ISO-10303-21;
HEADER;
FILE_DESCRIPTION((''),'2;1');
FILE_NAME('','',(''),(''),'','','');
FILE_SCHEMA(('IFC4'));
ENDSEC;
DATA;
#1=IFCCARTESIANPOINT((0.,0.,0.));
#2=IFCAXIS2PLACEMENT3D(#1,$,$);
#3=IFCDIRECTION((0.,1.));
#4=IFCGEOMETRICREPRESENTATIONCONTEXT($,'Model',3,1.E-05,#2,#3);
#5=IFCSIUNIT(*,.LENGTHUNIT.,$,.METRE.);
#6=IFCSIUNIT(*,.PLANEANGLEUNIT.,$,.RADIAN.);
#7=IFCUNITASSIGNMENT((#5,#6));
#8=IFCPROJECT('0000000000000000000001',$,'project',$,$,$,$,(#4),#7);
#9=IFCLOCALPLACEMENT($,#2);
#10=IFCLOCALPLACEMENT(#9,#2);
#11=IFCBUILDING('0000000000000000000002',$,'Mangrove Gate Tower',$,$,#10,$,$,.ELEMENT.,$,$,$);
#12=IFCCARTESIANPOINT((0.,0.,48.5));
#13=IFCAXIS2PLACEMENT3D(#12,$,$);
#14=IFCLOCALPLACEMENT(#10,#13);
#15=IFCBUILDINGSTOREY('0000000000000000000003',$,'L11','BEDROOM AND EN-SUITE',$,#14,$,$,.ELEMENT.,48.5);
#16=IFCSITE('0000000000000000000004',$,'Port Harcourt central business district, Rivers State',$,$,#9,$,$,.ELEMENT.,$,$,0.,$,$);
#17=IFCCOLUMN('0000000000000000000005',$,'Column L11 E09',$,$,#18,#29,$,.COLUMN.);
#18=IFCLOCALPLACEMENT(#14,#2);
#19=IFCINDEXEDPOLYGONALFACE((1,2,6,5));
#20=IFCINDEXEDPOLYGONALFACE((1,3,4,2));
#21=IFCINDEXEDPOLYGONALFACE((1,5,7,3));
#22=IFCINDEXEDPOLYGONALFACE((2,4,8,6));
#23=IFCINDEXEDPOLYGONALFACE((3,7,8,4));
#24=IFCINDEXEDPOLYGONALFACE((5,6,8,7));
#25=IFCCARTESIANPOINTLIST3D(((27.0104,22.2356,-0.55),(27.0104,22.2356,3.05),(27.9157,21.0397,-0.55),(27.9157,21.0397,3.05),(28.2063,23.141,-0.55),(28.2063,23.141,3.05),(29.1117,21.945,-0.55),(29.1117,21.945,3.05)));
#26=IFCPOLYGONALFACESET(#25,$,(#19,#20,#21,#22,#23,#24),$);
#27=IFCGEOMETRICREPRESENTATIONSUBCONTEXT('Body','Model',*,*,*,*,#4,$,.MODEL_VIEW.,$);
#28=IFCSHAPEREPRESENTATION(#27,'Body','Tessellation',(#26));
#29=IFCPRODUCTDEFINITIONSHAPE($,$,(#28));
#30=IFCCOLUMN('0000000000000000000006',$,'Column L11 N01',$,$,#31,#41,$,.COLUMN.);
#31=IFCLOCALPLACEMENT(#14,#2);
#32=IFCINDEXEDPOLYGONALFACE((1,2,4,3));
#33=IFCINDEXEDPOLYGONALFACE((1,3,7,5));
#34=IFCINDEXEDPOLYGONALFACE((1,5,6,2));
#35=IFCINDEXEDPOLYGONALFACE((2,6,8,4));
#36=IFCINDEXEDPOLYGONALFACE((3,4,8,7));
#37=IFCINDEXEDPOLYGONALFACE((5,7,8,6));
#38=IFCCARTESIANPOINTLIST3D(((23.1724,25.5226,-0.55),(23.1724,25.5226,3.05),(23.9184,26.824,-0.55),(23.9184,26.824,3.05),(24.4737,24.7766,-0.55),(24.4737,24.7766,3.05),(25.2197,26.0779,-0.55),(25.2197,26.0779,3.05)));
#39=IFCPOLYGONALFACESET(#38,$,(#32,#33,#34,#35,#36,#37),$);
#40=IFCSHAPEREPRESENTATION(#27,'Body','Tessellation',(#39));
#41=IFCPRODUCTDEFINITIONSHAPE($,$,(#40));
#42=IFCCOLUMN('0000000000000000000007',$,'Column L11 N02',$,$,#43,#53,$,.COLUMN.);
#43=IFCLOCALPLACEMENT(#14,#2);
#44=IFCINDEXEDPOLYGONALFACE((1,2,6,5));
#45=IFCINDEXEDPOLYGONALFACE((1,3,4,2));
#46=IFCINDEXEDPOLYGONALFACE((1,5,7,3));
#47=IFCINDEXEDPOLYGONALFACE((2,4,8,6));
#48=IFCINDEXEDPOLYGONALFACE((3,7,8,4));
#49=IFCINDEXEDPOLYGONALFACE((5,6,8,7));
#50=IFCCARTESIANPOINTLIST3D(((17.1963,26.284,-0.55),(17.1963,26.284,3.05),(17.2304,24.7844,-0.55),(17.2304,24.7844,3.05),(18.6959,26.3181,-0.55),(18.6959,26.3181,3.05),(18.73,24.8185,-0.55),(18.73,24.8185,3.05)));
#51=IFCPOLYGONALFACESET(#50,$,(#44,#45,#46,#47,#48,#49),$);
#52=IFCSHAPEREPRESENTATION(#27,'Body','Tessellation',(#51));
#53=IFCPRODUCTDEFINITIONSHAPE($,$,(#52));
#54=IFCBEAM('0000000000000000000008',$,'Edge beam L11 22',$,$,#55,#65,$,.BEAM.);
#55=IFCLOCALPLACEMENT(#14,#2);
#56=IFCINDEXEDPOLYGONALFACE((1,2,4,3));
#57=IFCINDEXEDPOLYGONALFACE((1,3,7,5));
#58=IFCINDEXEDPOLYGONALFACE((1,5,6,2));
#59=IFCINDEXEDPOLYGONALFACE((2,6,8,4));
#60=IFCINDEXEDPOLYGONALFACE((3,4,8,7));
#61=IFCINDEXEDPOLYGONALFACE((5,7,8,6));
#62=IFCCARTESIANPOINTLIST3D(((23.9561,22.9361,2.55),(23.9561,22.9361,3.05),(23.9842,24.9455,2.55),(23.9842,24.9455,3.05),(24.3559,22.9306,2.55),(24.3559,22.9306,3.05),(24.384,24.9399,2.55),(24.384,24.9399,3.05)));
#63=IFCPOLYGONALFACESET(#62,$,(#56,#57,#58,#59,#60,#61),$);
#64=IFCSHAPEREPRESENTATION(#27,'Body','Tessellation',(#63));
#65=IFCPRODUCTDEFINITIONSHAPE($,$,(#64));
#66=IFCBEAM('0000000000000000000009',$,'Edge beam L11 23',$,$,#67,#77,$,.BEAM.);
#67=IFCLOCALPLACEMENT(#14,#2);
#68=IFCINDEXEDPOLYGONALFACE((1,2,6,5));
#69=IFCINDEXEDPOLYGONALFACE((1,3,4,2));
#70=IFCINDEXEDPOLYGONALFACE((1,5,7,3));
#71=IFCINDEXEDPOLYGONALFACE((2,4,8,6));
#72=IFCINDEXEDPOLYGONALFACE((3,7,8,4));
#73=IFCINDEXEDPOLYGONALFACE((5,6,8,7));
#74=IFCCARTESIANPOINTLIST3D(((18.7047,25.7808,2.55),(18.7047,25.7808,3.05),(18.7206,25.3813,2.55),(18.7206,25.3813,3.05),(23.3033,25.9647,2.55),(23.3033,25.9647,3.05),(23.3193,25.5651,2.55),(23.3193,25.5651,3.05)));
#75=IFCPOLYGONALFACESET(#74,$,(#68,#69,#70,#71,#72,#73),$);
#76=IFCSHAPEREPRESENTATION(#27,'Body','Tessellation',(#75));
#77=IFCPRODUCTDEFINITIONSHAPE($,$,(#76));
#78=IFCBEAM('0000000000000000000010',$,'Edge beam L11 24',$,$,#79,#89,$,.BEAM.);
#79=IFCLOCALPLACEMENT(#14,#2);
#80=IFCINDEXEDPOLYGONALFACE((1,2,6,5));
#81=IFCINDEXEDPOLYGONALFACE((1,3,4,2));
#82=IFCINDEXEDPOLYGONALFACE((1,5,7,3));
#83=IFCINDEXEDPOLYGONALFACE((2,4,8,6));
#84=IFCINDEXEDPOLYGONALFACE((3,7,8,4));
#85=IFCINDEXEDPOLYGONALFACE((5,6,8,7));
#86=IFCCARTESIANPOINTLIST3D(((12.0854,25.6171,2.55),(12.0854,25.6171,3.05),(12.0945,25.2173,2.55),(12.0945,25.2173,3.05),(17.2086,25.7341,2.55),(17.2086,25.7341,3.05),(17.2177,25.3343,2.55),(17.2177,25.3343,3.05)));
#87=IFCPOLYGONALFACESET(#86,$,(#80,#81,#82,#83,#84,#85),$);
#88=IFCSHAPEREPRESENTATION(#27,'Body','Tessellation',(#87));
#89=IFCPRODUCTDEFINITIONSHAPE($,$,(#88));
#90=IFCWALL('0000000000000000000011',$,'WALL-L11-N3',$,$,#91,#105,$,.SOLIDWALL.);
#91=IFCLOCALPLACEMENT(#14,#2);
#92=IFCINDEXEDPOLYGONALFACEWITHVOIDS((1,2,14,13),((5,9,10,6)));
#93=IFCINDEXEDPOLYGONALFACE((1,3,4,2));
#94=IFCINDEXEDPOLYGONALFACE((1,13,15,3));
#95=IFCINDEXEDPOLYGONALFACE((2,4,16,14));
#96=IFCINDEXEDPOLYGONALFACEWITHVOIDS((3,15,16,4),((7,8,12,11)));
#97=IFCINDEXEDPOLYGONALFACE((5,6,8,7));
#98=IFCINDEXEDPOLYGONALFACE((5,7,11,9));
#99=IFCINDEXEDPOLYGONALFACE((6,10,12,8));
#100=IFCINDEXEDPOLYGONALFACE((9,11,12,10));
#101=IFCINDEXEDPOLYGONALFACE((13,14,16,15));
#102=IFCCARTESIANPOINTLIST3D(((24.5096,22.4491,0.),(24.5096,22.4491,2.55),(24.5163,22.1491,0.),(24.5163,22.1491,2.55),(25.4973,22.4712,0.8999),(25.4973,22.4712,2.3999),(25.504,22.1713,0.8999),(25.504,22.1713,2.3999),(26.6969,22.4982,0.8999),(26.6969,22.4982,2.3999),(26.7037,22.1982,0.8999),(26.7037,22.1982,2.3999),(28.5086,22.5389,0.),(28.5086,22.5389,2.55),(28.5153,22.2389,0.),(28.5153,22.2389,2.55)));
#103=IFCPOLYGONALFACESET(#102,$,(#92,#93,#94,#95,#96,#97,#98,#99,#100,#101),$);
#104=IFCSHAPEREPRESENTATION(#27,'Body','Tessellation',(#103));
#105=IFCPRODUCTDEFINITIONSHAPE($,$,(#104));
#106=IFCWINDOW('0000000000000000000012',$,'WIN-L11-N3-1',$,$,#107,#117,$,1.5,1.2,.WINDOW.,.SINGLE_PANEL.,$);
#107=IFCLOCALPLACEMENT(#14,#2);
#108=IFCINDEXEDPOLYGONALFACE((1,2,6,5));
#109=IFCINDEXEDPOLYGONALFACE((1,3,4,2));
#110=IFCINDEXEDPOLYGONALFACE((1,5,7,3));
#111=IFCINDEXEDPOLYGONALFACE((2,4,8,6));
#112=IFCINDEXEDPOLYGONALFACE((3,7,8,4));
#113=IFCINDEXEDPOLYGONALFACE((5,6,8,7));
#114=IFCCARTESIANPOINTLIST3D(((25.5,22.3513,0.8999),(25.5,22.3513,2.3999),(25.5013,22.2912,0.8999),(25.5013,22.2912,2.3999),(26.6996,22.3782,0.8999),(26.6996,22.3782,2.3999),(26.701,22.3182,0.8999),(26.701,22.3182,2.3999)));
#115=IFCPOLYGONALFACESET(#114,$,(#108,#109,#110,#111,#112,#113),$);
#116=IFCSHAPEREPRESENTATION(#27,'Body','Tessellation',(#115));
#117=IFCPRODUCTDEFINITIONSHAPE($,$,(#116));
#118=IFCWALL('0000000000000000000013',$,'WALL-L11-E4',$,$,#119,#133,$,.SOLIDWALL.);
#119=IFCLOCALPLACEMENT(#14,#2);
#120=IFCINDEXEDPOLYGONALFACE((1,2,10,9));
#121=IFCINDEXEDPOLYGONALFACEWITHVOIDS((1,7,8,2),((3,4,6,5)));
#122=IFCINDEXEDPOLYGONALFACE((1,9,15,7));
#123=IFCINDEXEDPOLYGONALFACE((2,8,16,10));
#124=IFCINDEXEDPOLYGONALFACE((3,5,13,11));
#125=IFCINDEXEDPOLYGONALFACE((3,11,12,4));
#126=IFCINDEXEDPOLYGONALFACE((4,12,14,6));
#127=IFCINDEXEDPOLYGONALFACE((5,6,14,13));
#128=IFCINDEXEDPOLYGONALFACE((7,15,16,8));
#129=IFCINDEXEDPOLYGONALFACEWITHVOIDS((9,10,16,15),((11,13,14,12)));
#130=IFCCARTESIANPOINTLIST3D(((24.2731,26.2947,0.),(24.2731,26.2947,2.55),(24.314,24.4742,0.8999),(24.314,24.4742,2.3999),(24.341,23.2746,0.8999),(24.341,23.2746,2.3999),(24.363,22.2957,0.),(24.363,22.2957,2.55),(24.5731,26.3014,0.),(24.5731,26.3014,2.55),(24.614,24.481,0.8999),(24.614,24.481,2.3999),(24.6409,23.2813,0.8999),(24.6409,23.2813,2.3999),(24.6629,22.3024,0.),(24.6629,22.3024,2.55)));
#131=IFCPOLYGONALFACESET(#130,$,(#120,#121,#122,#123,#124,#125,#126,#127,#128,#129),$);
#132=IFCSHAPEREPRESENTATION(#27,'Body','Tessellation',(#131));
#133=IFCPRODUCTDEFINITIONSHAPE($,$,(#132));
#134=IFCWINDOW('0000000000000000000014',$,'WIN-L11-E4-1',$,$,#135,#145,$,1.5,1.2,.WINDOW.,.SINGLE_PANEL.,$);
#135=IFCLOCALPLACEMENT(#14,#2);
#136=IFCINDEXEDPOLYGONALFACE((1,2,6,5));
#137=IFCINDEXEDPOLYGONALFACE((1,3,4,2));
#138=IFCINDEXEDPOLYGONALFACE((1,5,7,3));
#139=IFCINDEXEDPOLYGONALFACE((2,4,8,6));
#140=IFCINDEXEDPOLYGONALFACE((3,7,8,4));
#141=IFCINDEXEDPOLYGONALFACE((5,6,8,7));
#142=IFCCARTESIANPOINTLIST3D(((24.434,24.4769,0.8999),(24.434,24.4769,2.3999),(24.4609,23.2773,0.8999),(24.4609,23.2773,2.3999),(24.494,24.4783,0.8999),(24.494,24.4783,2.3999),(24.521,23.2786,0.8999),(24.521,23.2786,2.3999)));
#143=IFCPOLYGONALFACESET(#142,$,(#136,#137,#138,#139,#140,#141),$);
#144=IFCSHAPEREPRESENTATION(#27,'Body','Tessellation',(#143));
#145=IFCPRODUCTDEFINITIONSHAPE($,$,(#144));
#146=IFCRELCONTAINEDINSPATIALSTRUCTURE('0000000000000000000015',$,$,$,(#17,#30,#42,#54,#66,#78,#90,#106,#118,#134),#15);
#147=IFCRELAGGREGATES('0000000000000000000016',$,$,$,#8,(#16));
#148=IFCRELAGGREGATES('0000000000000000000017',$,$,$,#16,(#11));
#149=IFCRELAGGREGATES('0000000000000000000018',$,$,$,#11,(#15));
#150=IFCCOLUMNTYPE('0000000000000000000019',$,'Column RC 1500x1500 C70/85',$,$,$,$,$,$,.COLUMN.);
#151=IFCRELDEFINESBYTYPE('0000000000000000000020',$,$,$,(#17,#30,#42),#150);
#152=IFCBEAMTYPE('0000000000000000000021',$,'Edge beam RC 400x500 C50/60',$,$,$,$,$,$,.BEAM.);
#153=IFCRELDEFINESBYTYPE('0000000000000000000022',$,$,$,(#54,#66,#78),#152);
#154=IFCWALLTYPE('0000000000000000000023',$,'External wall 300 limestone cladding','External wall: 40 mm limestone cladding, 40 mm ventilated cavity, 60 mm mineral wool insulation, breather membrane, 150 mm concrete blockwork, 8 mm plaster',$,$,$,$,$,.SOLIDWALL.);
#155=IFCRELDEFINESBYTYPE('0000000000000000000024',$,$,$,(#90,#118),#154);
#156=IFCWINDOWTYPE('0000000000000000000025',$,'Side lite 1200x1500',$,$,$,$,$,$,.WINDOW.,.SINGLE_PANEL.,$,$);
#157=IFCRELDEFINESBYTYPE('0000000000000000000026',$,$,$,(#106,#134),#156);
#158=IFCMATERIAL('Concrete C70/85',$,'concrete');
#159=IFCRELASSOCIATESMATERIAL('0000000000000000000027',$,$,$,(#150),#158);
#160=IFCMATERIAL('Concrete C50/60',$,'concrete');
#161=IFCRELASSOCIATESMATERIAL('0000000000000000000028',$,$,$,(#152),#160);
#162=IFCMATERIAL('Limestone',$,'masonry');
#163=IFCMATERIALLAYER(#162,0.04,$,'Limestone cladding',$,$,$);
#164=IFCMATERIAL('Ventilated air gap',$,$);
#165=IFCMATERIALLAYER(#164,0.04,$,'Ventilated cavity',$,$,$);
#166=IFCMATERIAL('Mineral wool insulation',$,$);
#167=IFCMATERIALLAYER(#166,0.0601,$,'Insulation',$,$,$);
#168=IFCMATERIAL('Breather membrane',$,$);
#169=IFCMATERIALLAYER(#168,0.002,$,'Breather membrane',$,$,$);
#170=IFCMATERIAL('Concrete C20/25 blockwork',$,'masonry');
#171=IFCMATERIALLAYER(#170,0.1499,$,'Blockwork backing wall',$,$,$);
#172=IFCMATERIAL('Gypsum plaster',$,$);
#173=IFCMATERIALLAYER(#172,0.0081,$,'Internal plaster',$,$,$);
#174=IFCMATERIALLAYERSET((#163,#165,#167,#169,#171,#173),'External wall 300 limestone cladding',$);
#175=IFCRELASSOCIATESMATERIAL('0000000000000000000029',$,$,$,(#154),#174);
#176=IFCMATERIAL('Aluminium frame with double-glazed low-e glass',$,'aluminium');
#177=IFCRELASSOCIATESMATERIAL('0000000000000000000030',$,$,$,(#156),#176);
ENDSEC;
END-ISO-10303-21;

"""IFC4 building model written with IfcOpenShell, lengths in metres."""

from ifc_helpers import new_model, si_unit, direction, frame, frame_2d, origin, origin_2d, place, context, subcontext, project, spatial, rectangle, extrude, material, layer, layer_set, material_profile, profile_set, type_object, element, fill, save


model = new_model("IFC4")

# Units and contexts
model_context = context("Model", 3, precision=1e-05, world=origin(), true_north=direction((0.0, 1.0)))
body_context = subcontext(model_context, "Body", "Model", "MODEL_VIEW")
ifc_project = project(units=[si_unit("LENGTHUNIT", "METRE"), si_unit("PLANEANGLEUNIT", "RADIAN")], contexts=[model_context])

# Site, building, storey
site_placement = place(None, origin())
site = spatial("IfcSite", under=ifc_project, at=site_placement, Name="Port Harcourt central business district, Rivers State", CompositionType="ELEMENT", RefElevation=0.0)
building_placement = place(site_placement, origin())
building = spatial("IfcBuilding", under=site, at=building_placement, Name="Mangrove Gate Tower", CompositionType="ELEMENT")
storey_placement = place(building_placement, frame((0.0, 0.0, 48.5)))
storey = spatial("IfcBuildingStorey", under=building, at=storey_placement, Name="L11", Description="BEDROOM AND EN-SUITE", CompositionType="ELEMENT", Elevation=48.5)

# Columns
ifc_material_1 = material(Name="Concrete C70/85", Category="concrete")
ifc_material_profile_1 = material_profile(ifc_material_1, rectangle(XDim=1.5, YDim=1.5, at=origin_2d()))
ifc_profile_set_1 = profile_set([ifc_material_profile_1], Name="Concrete C70/85")
column_type = type_object("IfcColumnType", Name="Column RC 1500x1500 C70/85", PredefinedType="COLUMN", material=ifc_profile_set_1)
for number, where, z_axis, x_axis, name in (
    (1, (28.061, 22.0903, -0.55), (0.0, 0.0, 1.0), (-0.603576, 0.797306, 0.0), "Column L11 E09"),
    (2, (24.196, 25.8003, -0.55), (0.0, 0.0, 1.0), (-0.867551, 0.497349, 0.0), "Column L11 N01"),
    (3, (17.9631, 25.5513, -0.55), (0.0, 0.0, 1.0), (-0.999742, -0.022718, 0.0), "Column L11 N02"),
):
    element("IfcColumn", number, at=place(storey_placement, frame(where, z_axis=z_axis, x_axis=x_axis)), inside=storey, type_object=column_type, Name=name, PredefinedType="COLUMN", context=body_context, shape_type="SweptSolid", body=[
        extrude(rectangle(XDim=1.5, YDim=1.5, at=origin_2d()), origin(), (0.0, 0.0, 1.0), 3.6001),
    ])

# Beams
ifc_material_2 = material(Name="Concrete C50/60", Category="concrete")
ifc_material_profile_2 = material_profile(ifc_material_2, rectangle(XDim=0.3999, YDim=0.5, at=origin_2d()))
ifc_profile_set_2 = profile_set([ifc_material_profile_2], Name="Concrete C50/60")
beam_type = type_object("IfcBeamType", Name="Edge beam RC 400x500 C50/60", PredefinedType="BEAM", material=ifc_profile_set_2)
beam_1_placement = place(storey_placement, frame((24.156, 22.9333, 2.8), z_axis=(0.013972, 0.999902, 0.0), x_axis=(-0.999902, 0.013972, 0.0)))
element("IfcBeam", 4, at=beam_1_placement, inside=storey, type_object=beam_type, Name="Edge beam L11 22", PredefinedType="BEAM", context=body_context, shape_type="SweptSolid", body=[
    extrude(rectangle(XDim=0.3999, YDim=0.5, at=origin_2d()), origin(), (0.0, 0.0, 1.0), 2.0095),
])
beam_2_placement = place(storey_placement, frame((23.3113, 25.7649, 2.8), z_axis=(-0.999202, -0.039945, 0.0), x_axis=(0.039945, -0.999202, 0.0)))
element("IfcBeam", 5, at=beam_2_placement, inside=storey, type_object=beam_type, Name="Edge beam L11 23", PredefinedType="BEAM", context=body_context, shape_type="SweptSolid", body=[
    extrude(rectangle(XDim=0.3999, YDim=0.5, at=origin_2d()), origin(), (0.0, 0.0, 1.0), 4.6023),
])
beam_3_placement = place(storey_placement, frame((17.2131, 25.5342, 2.8), z_axis=(-0.99974, -0.02282, 0.0), x_axis=(0.02282, -0.99974, 0.0)))
element("IfcBeam", 6, at=beam_3_placement, inside=storey, type_object=beam_type, Name="Edge beam L11 24", PredefinedType="BEAM", context=body_context, shape_type="SweptSolid", body=[
    extrude(rectangle(XDim=0.3999, YDim=0.5, at=origin_2d()), origin(), (0.0, 0.0, 1.0), 5.1245),
])

# Walls, openings, windows
ifc_material_3 = material(Name="Limestone", Category="masonry")
ifc_layer_1 = layer(ifc_material_3, 0.04, Name="Limestone cladding")
ifc_material_4 = material(Name="Ventilated air gap")
ifc_layer_2 = layer(ifc_material_4, 0.04, Name="Ventilated cavity")
ifc_material_5 = material(Name="Mineral wool insulation")
ifc_layer_3 = layer(ifc_material_5, 0.0601, Name="Insulation")
ifc_material_6 = material(Name="Breather membrane")
ifc_layer_4 = layer(ifc_material_6, 0.002, Name="Breather membrane")
ifc_material_7 = material(Name="Concrete C20/25 blockwork", Category="masonry")
ifc_layer_5 = layer(ifc_material_7, 0.1499, Name="Blockwork backing wall")
ifc_material_8 = material(Name="Gypsum plaster")
ifc_layer_6 = layer(ifc_material_8, 0.0081, Name="Internal plaster")
ifc_layer_set = layer_set([ifc_layer_1, ifc_layer_2, ifc_layer_3, ifc_layer_4, ifc_layer_5, ifc_layer_6], Name="External wall 300 limestone cladding")
wall_type = type_object("IfcWallType", Name="External wall 300 limestone cladding", Description="External wall: 40 mm limestone cladding, 40 mm ventilated cavity, 60 mm mineral wool insulation, breather membrane, 150 mm concrete blockwork, 8 mm plaster", PredefinedType="SOLIDWALL", material=ifc_layer_set)
wall_1_placement = place(storey_placement, frame((28.512, 22.3889, 0.0), z_axis=(0.0, 0.0, 1.0), x_axis=(-0.999748, -0.022461, 0.0)))
wall_1 = element("IfcWall", 7, at=wall_1_placement, inside=storey, type_object=wall_type, Name="WALL-L11-N3", PredefinedType="SOLIDWALL", context=body_context, shape_type="SweptSolid", body=[
    extrude(rectangle(XDim=4.0, YDim=0.3, at=frame_2d((2.0, 0.0))), origin(), (0.0, 0.0, 1.0), 2.55),
])
opening_1_placement = place(wall_1_placement, frame((1.812, 0.0, 0.8999)))
opening_1 = element("IfcOpeningElement", 8, at=opening_1_placement, cuts=wall_1, PredefinedType="OPENING", context=body_context, shape_type="SweptSolid", body=[
    extrude(rectangle(XDim=1.2, YDim=1.5, at=frame_2d((0.6001, 0.75))), frame((0.0, 0.1599, 0.0), z_axis=(0.0, -1.0, 0.0), x_axis=(1.0, 0.0, 0.0)), (0.0, 0.0, 1.0), 0.3201),
])
ifc_material_9 = material(Name="Aluminium frame with double-glazed low-e glass", Category="aluminium")
window_type_1 = type_object("IfcWindowType", Name="Side lite 1200x1500", PartitioningType="SINGLE_PANEL", PredefinedType="WINDOW", material=ifc_material_9)
window_1_placement = place(opening_1_placement, origin())
window_1 = element("IfcWindow", 9, at=window_1_placement, inside=storey, type_object=window_type_1, Name="WIN-L11-N3-1", OverallHeight=1.5, OverallWidth=1.2, PartitioningType="SINGLE_PANEL", PredefinedType="WINDOW", context=body_context, shape_type="SweptSolid", body=[
    extrude(rectangle(XDim=1.2, YDim=1.5, at=frame_2d((0.6001, 0.75))), frame((0.0, 0.03, 0.0), z_axis=(0.0, -1.0, 0.0), x_axis=(1.0, 0.0, 0.0)), (0.0, 0.0, 1.0), 0.0601),
])
fill(opening_1, window_1)
wall_2_placement = place(storey_placement, frame((24.5129, 22.2991, 0.0), z_axis=(0.0, 0.0, 1.0), x_axis=(-0.022461, 0.999748, 0.0)))
wall_2 = element("IfcWall", 10, at=wall_2_placement, inside=storey, type_object=wall_type, Name="WALL-L11-E4", PredefinedType="SOLIDWALL", context=body_context, shape_type="SweptSolid", body=[
    extrude(rectangle(XDim=4.0, YDim=0.3, at=frame_2d((2.0, 0.0))), origin(), (0.0, 0.0, 1.0), 2.55),
])
opening_2_placement = place(wall_2_placement, frame((0.979, 0.0, 0.8999)))
opening_2 = element("IfcOpeningElement", 11, at=opening_2_placement, cuts=wall_2, PredefinedType="OPENING", context=body_context, shape_type="SweptSolid", body=[
    extrude(rectangle(XDim=1.2, YDim=1.5, at=frame_2d((0.6001, 0.75))), frame((0.0, 0.1599, 0.0), z_axis=(0.0, -1.0, 0.0), x_axis=(1.0, 0.0, 0.0)), (0.0, 0.0, 1.0), 0.3201),
])
window_2_placement = place(opening_2_placement, origin())
window_2 = element("IfcWindow", 12, at=window_2_placement, inside=storey, type_object=window_type_1, Name="WIN-L11-E4-1", OverallHeight=1.5, OverallWidth=1.2, PartitioningType="SINGLE_PANEL", PredefinedType="WINDOW", context=body_context, shape_type="SweptSolid", body=[
    extrude(rectangle(XDim=1.2, YDim=1.5, at=frame_2d((0.6001, 0.75))), frame((0.0, 0.03, 0.0), z_axis=(0.0, -1.0, 0.0), x_axis=(1.0, 0.0, 0.0)), (0.0, 0.0, 1.0), 0.0601),
])
fill(opening_2, window_2)

save(model, "model.ifc")
